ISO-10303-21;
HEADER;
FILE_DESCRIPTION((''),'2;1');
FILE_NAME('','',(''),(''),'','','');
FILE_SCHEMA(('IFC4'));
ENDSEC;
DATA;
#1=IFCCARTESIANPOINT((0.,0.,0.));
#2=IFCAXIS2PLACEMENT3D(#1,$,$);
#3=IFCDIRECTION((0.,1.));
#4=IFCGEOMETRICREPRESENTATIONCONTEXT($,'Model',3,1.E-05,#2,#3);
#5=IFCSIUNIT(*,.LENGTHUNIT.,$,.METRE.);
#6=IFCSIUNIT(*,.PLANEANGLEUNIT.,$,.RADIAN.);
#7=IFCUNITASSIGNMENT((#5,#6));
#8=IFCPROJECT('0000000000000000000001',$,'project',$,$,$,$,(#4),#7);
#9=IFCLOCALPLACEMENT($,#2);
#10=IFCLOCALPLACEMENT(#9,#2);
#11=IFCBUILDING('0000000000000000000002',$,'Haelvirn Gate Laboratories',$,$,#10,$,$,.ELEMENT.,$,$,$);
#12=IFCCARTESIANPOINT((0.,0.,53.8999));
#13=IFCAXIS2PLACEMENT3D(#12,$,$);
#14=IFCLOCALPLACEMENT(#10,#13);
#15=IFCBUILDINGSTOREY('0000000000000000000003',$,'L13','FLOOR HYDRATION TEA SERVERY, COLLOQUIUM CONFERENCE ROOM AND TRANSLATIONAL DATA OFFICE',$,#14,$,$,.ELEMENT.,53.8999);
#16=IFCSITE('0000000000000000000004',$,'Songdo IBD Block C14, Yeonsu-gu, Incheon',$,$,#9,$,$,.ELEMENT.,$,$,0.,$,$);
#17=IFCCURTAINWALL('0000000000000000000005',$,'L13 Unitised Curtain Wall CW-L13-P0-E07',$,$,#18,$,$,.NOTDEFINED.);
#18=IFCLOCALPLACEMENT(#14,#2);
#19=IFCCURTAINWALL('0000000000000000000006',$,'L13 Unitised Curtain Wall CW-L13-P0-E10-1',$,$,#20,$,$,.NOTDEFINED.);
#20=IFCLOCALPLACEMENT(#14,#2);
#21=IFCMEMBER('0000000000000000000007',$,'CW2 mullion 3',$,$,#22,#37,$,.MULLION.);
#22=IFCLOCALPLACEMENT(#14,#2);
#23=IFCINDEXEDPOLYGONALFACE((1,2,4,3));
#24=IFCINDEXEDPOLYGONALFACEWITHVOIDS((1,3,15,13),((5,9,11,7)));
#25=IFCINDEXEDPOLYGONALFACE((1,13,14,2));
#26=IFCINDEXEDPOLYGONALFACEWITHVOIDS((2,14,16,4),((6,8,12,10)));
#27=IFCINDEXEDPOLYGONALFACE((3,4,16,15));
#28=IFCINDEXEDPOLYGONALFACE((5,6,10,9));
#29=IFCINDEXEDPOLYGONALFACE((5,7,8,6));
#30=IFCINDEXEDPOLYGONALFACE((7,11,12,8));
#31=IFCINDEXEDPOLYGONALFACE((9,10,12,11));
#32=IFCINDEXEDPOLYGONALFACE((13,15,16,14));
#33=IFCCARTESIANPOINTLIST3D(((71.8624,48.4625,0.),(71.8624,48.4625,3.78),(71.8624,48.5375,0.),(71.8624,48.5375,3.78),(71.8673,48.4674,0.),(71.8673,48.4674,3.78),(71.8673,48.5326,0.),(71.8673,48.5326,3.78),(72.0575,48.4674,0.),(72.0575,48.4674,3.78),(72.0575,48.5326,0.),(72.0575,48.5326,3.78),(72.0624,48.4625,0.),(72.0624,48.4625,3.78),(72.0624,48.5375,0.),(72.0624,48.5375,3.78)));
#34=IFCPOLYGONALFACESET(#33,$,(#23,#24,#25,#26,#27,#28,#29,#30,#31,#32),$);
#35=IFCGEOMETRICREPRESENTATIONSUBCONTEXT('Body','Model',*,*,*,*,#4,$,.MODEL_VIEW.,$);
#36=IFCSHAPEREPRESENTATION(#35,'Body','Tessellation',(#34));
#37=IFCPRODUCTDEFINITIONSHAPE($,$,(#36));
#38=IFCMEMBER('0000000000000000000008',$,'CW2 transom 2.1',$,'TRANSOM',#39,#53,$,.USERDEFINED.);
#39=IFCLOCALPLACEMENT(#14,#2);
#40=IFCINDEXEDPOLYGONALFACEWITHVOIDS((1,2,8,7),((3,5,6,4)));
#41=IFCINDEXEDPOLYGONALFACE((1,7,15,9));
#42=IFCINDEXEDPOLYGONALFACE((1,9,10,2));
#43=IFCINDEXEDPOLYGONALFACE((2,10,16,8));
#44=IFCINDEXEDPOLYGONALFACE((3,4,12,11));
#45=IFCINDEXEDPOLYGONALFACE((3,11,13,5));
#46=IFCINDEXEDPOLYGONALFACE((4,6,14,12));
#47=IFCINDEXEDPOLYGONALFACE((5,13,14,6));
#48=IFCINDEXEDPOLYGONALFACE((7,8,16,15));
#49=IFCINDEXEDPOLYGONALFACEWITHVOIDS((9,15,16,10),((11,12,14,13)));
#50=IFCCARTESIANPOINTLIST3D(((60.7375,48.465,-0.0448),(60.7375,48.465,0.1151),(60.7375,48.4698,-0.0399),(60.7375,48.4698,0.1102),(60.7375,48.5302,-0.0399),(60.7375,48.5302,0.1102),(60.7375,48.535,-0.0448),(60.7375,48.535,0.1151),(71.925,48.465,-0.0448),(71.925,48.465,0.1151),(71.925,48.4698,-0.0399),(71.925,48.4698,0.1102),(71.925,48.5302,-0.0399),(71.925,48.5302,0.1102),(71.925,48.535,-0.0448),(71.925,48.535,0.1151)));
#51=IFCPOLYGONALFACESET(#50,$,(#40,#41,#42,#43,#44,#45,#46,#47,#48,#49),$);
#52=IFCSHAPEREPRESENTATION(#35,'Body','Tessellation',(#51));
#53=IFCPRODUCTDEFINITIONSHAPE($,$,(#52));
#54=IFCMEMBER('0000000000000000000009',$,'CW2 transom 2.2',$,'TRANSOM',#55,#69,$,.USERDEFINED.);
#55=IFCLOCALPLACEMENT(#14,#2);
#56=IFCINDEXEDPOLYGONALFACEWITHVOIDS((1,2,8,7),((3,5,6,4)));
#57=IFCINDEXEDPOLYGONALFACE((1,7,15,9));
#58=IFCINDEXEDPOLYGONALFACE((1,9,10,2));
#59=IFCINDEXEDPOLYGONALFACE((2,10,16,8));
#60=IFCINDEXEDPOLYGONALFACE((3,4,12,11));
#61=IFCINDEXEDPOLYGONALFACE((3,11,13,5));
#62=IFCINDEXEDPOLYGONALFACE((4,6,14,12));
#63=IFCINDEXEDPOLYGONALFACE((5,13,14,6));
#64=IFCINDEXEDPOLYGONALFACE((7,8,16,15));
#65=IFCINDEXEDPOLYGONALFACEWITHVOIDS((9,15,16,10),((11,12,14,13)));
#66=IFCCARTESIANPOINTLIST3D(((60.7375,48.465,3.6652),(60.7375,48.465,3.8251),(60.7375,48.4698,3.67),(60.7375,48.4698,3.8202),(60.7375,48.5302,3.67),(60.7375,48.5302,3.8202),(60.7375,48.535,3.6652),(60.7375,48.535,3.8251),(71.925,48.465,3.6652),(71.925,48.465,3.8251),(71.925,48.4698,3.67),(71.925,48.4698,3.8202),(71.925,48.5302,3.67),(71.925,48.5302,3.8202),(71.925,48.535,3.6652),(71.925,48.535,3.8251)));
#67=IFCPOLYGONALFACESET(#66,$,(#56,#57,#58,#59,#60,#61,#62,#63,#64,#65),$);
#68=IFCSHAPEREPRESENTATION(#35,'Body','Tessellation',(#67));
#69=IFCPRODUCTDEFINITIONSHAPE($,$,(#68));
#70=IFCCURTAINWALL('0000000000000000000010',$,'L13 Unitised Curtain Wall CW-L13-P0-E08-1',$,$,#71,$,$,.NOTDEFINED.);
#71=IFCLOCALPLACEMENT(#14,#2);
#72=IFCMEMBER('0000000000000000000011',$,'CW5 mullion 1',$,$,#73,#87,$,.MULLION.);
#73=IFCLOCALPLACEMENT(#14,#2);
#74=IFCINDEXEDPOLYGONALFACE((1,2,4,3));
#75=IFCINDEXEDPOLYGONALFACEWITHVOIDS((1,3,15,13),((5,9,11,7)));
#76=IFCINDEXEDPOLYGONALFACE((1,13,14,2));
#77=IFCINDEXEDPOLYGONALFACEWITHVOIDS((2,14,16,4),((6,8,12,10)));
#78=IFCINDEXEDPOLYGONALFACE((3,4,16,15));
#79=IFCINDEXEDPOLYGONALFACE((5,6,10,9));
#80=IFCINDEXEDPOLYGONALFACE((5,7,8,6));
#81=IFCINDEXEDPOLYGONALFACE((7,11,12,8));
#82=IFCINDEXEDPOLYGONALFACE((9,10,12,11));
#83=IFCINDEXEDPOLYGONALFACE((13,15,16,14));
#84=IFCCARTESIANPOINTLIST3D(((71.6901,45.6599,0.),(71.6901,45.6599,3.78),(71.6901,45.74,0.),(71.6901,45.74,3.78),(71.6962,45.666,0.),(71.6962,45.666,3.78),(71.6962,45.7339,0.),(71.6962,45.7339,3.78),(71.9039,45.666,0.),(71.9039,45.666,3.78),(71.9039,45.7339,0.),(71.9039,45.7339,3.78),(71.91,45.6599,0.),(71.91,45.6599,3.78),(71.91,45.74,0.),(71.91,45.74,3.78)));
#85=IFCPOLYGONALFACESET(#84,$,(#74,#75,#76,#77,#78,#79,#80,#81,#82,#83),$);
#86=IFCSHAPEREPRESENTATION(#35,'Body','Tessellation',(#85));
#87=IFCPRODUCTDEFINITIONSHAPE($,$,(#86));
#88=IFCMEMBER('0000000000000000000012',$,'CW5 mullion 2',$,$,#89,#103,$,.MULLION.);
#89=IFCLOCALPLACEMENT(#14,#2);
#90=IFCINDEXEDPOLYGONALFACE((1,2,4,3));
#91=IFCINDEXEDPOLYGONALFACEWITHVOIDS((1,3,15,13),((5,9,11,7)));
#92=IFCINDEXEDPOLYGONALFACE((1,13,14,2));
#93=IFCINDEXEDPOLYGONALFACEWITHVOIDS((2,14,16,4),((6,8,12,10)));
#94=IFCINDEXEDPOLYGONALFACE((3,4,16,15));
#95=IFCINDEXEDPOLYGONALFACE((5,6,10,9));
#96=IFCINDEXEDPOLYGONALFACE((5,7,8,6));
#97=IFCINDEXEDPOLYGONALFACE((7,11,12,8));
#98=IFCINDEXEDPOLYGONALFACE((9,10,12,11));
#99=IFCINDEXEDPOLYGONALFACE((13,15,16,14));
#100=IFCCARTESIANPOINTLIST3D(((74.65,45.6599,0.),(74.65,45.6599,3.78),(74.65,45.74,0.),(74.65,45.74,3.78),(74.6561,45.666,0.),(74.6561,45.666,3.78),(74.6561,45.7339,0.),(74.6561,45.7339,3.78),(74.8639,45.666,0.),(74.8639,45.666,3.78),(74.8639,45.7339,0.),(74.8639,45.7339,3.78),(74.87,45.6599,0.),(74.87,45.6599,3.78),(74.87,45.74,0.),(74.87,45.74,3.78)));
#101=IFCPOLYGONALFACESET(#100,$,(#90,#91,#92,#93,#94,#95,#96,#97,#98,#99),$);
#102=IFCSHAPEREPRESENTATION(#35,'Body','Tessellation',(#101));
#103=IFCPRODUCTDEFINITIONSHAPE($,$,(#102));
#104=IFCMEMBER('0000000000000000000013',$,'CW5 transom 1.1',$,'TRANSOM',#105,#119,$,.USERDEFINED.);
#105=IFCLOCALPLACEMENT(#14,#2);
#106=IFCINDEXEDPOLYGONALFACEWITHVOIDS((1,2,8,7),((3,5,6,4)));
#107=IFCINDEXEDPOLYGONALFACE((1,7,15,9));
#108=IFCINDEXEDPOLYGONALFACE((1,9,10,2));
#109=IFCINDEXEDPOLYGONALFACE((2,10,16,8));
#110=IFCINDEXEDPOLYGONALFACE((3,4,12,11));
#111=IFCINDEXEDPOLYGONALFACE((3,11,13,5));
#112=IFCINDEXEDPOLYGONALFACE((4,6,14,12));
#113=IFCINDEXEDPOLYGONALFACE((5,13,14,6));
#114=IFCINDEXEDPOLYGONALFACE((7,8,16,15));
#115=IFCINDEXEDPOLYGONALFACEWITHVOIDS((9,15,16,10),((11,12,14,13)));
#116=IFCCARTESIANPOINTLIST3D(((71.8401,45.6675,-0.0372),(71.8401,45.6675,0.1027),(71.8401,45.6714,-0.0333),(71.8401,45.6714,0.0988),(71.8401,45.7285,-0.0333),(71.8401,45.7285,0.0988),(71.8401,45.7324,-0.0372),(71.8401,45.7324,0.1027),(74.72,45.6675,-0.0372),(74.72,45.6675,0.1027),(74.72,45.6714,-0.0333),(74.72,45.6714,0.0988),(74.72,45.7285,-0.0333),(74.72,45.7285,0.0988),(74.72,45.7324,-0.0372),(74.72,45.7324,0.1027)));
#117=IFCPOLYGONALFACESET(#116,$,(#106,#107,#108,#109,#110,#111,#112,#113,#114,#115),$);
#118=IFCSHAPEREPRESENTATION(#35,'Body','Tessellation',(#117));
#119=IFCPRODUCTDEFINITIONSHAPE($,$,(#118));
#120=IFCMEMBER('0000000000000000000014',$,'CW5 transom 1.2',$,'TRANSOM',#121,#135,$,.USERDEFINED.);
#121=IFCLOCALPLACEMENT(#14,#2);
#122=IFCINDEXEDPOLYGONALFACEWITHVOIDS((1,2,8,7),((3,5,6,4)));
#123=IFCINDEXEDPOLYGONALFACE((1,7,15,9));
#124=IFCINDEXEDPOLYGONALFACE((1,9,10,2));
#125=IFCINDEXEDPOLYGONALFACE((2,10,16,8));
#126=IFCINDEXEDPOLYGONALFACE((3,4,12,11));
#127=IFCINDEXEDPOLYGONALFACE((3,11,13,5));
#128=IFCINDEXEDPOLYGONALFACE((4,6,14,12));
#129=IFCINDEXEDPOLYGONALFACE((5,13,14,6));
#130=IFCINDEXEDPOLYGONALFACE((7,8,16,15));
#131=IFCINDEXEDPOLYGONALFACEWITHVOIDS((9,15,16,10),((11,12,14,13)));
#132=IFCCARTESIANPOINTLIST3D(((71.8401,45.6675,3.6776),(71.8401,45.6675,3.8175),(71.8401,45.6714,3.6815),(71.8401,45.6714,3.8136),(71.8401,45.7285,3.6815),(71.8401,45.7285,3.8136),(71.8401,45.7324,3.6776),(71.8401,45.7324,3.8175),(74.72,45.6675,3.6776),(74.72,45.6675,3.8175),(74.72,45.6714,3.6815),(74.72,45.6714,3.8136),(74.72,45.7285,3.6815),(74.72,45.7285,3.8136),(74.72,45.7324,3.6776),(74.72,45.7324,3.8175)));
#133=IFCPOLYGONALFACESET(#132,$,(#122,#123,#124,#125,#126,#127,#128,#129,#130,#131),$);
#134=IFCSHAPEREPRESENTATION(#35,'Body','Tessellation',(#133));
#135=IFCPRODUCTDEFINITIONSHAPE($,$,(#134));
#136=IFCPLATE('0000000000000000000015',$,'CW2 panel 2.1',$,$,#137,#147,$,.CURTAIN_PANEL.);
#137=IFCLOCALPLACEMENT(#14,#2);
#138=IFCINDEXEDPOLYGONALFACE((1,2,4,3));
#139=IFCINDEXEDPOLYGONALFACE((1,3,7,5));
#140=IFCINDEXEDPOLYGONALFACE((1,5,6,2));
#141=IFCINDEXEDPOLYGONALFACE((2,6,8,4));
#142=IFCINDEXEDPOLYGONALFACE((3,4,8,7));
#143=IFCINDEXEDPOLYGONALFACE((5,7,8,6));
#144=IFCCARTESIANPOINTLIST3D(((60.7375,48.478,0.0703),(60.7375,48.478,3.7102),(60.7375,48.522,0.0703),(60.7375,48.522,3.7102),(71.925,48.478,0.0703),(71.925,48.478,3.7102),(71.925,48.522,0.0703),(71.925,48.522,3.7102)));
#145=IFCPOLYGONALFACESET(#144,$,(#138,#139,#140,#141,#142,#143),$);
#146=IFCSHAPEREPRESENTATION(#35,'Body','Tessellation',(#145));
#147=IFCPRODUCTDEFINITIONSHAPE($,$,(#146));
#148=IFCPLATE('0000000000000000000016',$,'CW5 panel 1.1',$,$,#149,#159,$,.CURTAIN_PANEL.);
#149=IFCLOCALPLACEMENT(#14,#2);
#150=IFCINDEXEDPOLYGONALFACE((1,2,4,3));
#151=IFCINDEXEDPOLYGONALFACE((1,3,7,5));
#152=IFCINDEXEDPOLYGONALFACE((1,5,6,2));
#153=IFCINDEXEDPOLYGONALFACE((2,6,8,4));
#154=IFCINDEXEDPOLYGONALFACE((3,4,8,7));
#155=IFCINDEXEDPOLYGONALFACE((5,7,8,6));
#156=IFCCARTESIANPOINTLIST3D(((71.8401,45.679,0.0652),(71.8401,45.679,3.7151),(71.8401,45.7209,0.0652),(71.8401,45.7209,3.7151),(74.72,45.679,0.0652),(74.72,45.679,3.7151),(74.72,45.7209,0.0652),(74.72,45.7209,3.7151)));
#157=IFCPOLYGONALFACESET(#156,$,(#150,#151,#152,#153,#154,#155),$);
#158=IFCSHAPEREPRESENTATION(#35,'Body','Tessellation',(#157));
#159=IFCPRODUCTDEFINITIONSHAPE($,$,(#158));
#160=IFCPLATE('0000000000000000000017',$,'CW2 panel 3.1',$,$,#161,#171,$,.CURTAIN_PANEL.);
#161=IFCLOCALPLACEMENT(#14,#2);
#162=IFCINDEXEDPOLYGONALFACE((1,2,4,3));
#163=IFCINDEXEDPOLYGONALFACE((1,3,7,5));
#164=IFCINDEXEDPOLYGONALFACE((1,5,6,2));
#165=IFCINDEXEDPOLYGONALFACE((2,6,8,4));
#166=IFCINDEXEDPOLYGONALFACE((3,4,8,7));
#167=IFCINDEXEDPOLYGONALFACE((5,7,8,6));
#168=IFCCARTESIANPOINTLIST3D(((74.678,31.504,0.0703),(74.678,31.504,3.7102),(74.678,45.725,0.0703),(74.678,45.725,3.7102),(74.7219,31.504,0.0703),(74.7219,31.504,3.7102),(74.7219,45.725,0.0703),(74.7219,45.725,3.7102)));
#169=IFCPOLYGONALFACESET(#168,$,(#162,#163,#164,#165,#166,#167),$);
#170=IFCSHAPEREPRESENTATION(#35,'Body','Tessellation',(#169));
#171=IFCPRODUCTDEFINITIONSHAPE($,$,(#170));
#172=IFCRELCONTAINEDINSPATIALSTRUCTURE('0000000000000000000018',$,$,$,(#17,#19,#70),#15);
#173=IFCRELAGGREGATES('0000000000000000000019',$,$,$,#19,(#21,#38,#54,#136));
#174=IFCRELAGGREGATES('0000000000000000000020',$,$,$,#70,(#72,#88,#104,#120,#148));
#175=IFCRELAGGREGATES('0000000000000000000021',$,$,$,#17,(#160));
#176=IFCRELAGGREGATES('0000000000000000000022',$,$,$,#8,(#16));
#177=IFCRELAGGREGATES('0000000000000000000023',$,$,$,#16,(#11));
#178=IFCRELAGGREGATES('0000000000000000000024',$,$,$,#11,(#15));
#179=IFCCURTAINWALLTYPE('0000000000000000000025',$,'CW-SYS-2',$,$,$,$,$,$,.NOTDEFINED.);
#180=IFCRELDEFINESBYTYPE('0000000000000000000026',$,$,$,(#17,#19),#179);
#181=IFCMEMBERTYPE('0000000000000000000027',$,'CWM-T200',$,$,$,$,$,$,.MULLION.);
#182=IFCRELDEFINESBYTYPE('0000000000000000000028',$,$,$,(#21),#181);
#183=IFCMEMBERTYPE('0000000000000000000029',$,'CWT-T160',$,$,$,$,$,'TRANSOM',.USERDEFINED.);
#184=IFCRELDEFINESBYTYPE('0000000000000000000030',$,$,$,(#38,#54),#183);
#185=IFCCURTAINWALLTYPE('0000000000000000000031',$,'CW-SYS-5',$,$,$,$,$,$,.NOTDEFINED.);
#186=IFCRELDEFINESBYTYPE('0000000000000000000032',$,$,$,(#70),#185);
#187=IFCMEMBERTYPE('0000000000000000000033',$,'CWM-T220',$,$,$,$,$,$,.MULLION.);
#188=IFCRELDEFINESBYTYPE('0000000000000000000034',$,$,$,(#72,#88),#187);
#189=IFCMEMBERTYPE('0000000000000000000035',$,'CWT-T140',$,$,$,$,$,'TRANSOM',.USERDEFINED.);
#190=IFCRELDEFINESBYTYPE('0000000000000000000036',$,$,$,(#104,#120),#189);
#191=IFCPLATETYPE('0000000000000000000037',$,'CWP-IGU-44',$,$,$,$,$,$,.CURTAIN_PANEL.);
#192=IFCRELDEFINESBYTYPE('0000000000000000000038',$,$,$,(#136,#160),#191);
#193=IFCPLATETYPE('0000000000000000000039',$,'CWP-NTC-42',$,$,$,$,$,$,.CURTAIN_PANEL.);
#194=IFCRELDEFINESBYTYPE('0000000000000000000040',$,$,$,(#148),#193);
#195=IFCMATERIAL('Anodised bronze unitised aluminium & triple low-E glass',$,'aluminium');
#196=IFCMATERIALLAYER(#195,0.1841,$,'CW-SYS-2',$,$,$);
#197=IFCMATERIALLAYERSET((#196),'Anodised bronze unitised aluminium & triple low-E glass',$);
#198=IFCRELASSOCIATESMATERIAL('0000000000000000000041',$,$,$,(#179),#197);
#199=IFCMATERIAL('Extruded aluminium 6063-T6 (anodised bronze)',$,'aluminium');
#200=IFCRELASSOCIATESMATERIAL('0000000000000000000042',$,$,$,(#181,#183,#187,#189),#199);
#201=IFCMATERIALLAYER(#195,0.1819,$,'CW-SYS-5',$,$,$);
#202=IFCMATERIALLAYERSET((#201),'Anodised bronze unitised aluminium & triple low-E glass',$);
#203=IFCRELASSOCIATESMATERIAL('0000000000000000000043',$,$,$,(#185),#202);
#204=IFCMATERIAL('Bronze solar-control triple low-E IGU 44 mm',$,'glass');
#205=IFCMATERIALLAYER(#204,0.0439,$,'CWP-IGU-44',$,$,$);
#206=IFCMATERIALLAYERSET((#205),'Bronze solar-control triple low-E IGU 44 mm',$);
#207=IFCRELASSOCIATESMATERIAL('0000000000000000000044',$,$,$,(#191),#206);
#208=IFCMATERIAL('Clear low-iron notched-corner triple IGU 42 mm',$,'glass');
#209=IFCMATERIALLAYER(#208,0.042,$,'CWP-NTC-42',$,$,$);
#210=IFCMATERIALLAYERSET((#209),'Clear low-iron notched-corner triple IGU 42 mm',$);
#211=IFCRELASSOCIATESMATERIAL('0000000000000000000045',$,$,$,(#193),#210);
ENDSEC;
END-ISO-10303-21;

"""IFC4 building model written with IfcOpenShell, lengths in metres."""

from ifc_helpers import new_model, si_unit, direction, frame, origin, origin_2d, place, context, subcontext, project, spatial, rectangle, hollow_rectangle, extrude, source, transform, mapped, material, layer, layer_set, material_profile, profile_set, type_object, type_shapes, element, aggregate, save


model = new_model("IFC4")

# Units and contexts
model_context = context("Model", 3, precision=1e-05, world=origin(), true_north=direction((0.0, 1.0)))
body_context = subcontext(model_context, "Body", "Model", "MODEL_VIEW")
ifc_project = project(units=[si_unit("LENGTHUNIT", "METRE"), si_unit("PLANEANGLEUNIT", "RADIAN")], contexts=[model_context])

# Site, building, storey
site_placement = place(None, origin())
site = spatial("IfcSite", under=ifc_project, at=site_placement, Name="Songdo IBD Block C14, Yeonsu-gu, Incheon", CompositionType="ELEMENT", RefElevation=0.0)
building_placement = place(site_placement, origin())
building = spatial("IfcBuilding", under=site, at=building_placement, Name="Haelvirn Gate Laboratories", CompositionType="ELEMENT")
storey_placement = place(building_placement, frame((0.0, 0.0, 53.8999)))
storey = spatial("IfcBuildingStorey", under=building, at=storey_placement, Name="L13", Description="FLOOR HYDRATION TEA SERVERY, COLLOQUIUM CONFERENCE ROOM AND TRANSLATIONAL DATA OFFICE", CompositionType="ELEMENT", Elevation=53.8999)

# Curtain wall
ifc_material_1 = material(Name="Anodised bronze unitised aluminium & triple low-E glass", Category="aluminium")
ifc_layer_1 = layer(ifc_material_1, 0.1841, Name="CW-SYS-2")
ifc_layer_set_1 = layer_set([ifc_layer_1], Name="Anodised bronze unitised aluminium & triple low-E glass")
curtain_wall_type_1 = type_object("IfcCurtainWallType", Name="CW-SYS-2", PredefinedType="NOTDEFINED", material=ifc_layer_set_1)
curtain_wall_1_placement = place(storey_placement, origin())
curtain_wall_1 = element("IfcCurtainWall", 1, at=curtain_wall_1_placement, inside=storey, type_object=curtain_wall_type_1, Name="L13 Unitised Curtain Wall CW-L13-P0-E07", PredefinedType="NOTDEFINED")
ifc_material_2 = material(Name="Extruded aluminium 6063-T6 (anodised bronze)", Category="aluminium")
ifc_material_profile_1 = material_profile(ifc_material_2, hollow_rectangle(XDim=0.075, YDim=0.2, WallThickness=0.0049, at=origin_2d()), Name="CWM-200x75x5")
ifc_profile_set_1 = profile_set([ifc_material_profile_1], Name="Extruded aluminium 6063-T6 (anodised bronze)")
member_type_1 = type_object("IfcMemberType", Name="CWM-T200", PredefinedType="MULLION", material=ifc_profile_set_1)
shared_shape_1 = source(origin(), body_context, "Body", "SweptSolid", [
    extrude(hollow_rectangle(XDim=0.075, YDim=0.2, WallThickness=0.0049, at=origin_2d()), origin(), (0.0, 0.0, 1.0), 3.78),
])
type_shapes(member_type_1, [shared_shape_1])

# Curtain walls, members
curtain_wall_2_placement = place(storey_placement, origin())
curtain_wall_2 = element("IfcCurtainWall", 2, at=curtain_wall_2_placement, inside=storey, type_object=curtain_wall_type_1, Name="L13 Unitised Curtain Wall CW-L13-P0-E10-1", PredefinedType="NOTDEFINED")
member_1_placement = place(storey_placement, frame((71.9624, 48.5, 0.0), z_axis=(0.0, 0.0, 1.0), x_axis=(0.0, 1.0, 0.0)))
member_1 = element("IfcMember", 3, at=member_1_placement, type_object=member_type_1, Name="CW2 mullion 3", PredefinedType="MULLION", context=body_context, shape_type="MappedRepresentation", body=[
    mapped(shared_shape_1, transform((0.0, 0.0, 0.0), scale=1.0)),
])
ifc_material_profile_2 = material_profile(ifc_material_2, hollow_rectangle(XDim=0.0701, YDim=0.1599, WallThickness=0.0049, at=origin_2d()), Name="CWT-160x70x5")
ifc_profile_set_2 = profile_set([ifc_material_profile_2], Name="Extruded aluminium 6063-T6 (anodised bronze)")
member_type_2 = type_object("IfcMemberType", Name="CWT-T160", ElementType="TRANSOM", PredefinedType="USERDEFINED", material=ifc_profile_set_2)
shared_shape_2 = source(origin(), body_context, "Body", "SweptSolid", [
    extrude(hollow_rectangle(XDim=0.0701, YDim=0.1599, WallThickness=0.0049, at=origin_2d()), origin(), (0.0, 0.0, 1.0), 11.1875),
])
type_shapes(member_type_2, [shared_shape_2])
member_2_placement = place(storey_placement, frame((60.7375, 48.5, 0.0352), z_axis=(1.0, 0.0, 0.0), x_axis=(0.0, 1.0, 0.0)))
member_2 = element("IfcMember", 4, at=member_2_placement, type_object=member_type_2, Name="CW2 transom 2.1", ObjectType="TRANSOM", PredefinedType="USERDEFINED", context=body_context, shape_type="MappedRepresentation", body=[
    mapped(shared_shape_2, transform((0.0, 0.0, 0.0), scale=1.0)),
])
member_3_placement = place(storey_placement, frame((60.7375, 48.5, 3.7451), z_axis=(1.0, 0.0, 0.0), x_axis=(0.0, 1.0, 0.0)))
member_3 = element("IfcMember", 5, at=member_3_placement, type_object=member_type_2, Name="CW2 transom 2.2", ObjectType="TRANSOM", PredefinedType="USERDEFINED", context=body_context, shape_type="MappedRepresentation", body=[
    mapped(shared_shape_2, transform((0.0, 0.0, 0.0), scale=1.0)),
])
ifc_layer_2 = layer(ifc_material_1, 0.1819, Name="CW-SYS-5")
ifc_layer_set_2 = layer_set([ifc_layer_2], Name="Anodised bronze unitised aluminium & triple low-E glass")
curtain_wall_type_2 = type_object("IfcCurtainWallType", Name="CW-SYS-5", PredefinedType="NOTDEFINED", material=ifc_layer_set_2)
curtain_wall_3_placement = place(storey_placement, origin())
curtain_wall_3 = element("IfcCurtainWall", 6, at=curtain_wall_3_placement, inside=storey, type_object=curtain_wall_type_2, Name="L13 Unitised Curtain Wall CW-L13-P0-E08-1", PredefinedType="NOTDEFINED")
ifc_material_profile_3 = material_profile(ifc_material_2, hollow_rectangle(XDim=0.0801, YDim=0.22, WallThickness=0.0061, at=origin_2d()), Name="CWM-220x80x6")
ifc_profile_set_3 = profile_set([ifc_material_profile_3], Name="Extruded aluminium 6063-T6 (anodised bronze)")
member_type_3 = type_object("IfcMemberType", Name="CWM-T220", PredefinedType="MULLION", material=ifc_profile_set_3)
shared_shape_3 = source(origin(), body_context, "Body", "SweptSolid", [
    extrude(hollow_rectangle(XDim=0.0801, YDim=0.22, WallThickness=0.0061, at=origin_2d()), origin(), (0.0, 0.0, 1.0), 3.78),
])
type_shapes(member_type_3, [shared_shape_3])
member_4_placement = place(storey_placement, frame((71.8, 45.7, 0.0), z_axis=(0.0, 0.0, 1.0), x_axis=(0.0, 1.0, 0.0)))
member_4 = element("IfcMember", 7, at=member_4_placement, type_object=member_type_3, Name="CW5 mullion 1", PredefinedType="MULLION", context=body_context, shape_type="MappedRepresentation", body=[
    mapped(shared_shape_3, transform((0.0, 0.0, 0.0), scale=1.0)),
])
member_5_placement = place(storey_placement, frame((74.76, 45.7, 0.0), z_axis=(0.0, 0.0, 1.0), x_axis=(0.0, 1.0, 0.0)))
member_5 = element("IfcMember", 8, at=member_5_placement, type_object=member_type_3, Name="CW5 mullion 2", PredefinedType="MULLION", context=body_context, shape_type="MappedRepresentation", body=[
    mapped(shared_shape_3, transform((0.0, 0.0, 0.0), scale=1.0)),
])
ifc_material_profile_4 = material_profile(ifc_material_2, hollow_rectangle(XDim=0.0649, YDim=0.1399, WallThickness=0.0039, at=origin_2d()), Name="CWT-140x65x4")
ifc_profile_set_4 = profile_set([ifc_material_profile_4], Name="Extruded aluminium 6063-T6 (anodised bronze)")
member_type_4 = type_object("IfcMemberType", Name="CWT-T140", ElementType="TRANSOM", PredefinedType="USERDEFINED", material=ifc_profile_set_4)
shared_shape_4 = source(origin(), body_context, "Body", "SweptSolid", [
    extrude(hollow_rectangle(XDim=0.0649, YDim=0.1399, WallThickness=0.0039, at=origin_2d()), origin(), (0.0, 0.0, 1.0), 2.8799),
])
type_shapes(member_type_4, [shared_shape_4])
member_6_placement = place(storey_placement, frame((71.8401, 45.7, 0.0327), z_axis=(1.0, 0.0, 0.0), x_axis=(0.0, 1.0, 0.0)))
member_6 = element("IfcMember", 9, at=member_6_placement, type_object=member_type_4, Name="CW5 transom 1.1", ObjectType="TRANSOM", PredefinedType="USERDEFINED", context=body_context, shape_type="MappedRepresentation", body=[
    mapped(shared_shape_4, transform((0.0, 0.0, 0.0), scale=1.0)),
])
member_7_placement = place(storey_placement, frame((71.8401, 45.7, 3.7476), z_axis=(1.0, 0.0, 0.0), x_axis=(0.0, 1.0, 0.0)))
member_7 = element("IfcMember", 10, at=member_7_placement, type_object=member_type_4, Name="CW5 transom 1.2", ObjectType="TRANSOM", PredefinedType="USERDEFINED", context=body_context, shape_type="MappedRepresentation", body=[
    mapped(shared_shape_4, transform((0.0, 0.0, 0.0), scale=1.0)),
])

# Plates
ifc_material_3 = material(Name="Bronze solar-control triple low-E IGU 44 mm", Category="glass")
ifc_layer_3 = layer(ifc_material_3, 0.0439, Name="CWP-IGU-44")
ifc_layer_set_3 = layer_set([ifc_layer_3], Name="Bronze solar-control triple low-E IGU 44 mm")
plate_type_1 = type_object("IfcPlateType", Name="CWP-IGU-44", PredefinedType="CURTAIN_PANEL", material=ifc_layer_set_3)
shared_shape_5 = source(origin(), body_context, "Body", "SweptSolid", [
    extrude(rectangle(XDim=11.1875, YDim=0.0439, at=origin_2d()), origin(), (0.0, 0.0, 1.0), 3.6399),
])
plate_1_placement = place(storey_placement, frame((66.3313, 48.5, 0.0703), z_axis=(0.0, 0.0, 1.0), x_axis=(1.0, 0.0, 0.0)))
plate_1 = element("IfcPlate", 11, at=plate_1_placement, type_object=plate_type_1, Name="CW2 panel 2.1", PredefinedType="CURTAIN_PANEL", context=body_context, shape_type="MappedRepresentation", body=[
    mapped(shared_shape_5, transform((0.0, 0.0, 0.0), scale=1.0)),
])
aggregate(curtain_wall_2, [member_1, member_2, member_3, plate_1])
ifc_material_4 = material(Name="Clear low-iron notched-corner triple IGU 42 mm", Category="glass")
ifc_layer_4 = layer(ifc_material_4, 0.042, Name="CWP-NTC-42")
ifc_layer_set_4 = layer_set([ifc_layer_4], Name="Clear low-iron notched-corner triple IGU 42 mm")
plate_type_2 = type_object("IfcPlateType", Name="CWP-NTC-42", PredefinedType="CURTAIN_PANEL", material=ifc_layer_set_4)
shared_shape_6 = source(origin(), body_context, "Body", "SweptSolid", [
    extrude(rectangle(XDim=2.8799, YDim=0.042, at=origin_2d()), origin(), (0.0, 0.0, 1.0), 3.6499),
])
type_shapes(plate_type_2, [shared_shape_6])
plate_2_placement = place(storey_placement, frame((73.28, 45.7, 0.0652), z_axis=(0.0, 0.0, 1.0), x_axis=(1.0, 0.0, 0.0)))
plate_2 = element("IfcPlate", 12, at=plate_2_placement, type_object=plate_type_2, Name="CW5 panel 1.1", PredefinedType="CURTAIN_PANEL", context=body_context, shape_type="MappedRepresentation", body=[
    mapped(shared_shape_6, transform((0.0, 0.0, 0.0), scale=1.0)),
])
aggregate(curtain_wall_3, [member_4, member_5, member_6, member_7, plate_2])
shared_shape_7 = source(origin(), body_context, "Body", "SweptSolid", [
    extrude(rectangle(XDim=14.2209, YDim=0.0439, at=origin_2d()), origin(), (0.0, 0.0, 1.0), 3.6399),
])
type_shapes(plate_type_1, [shared_shape_5, shared_shape_7])
plate_3_placement = place(storey_placement, frame((74.7, 38.6145, 0.0703), z_axis=(0.0, 0.0, 1.0), x_axis=(0.0, 1.0, 0.0)))
plate_3 = element("IfcPlate", 13, at=plate_3_placement, type_object=plate_type_1, Name="CW2 panel 3.1", PredefinedType="CURTAIN_PANEL", context=body_context, shape_type="MappedRepresentation", body=[
    mapped(shared_shape_7, transform((0.0, 0.0, 0.0), scale=1.0)),
])
aggregate(curtain_wall_1, [plate_3])

save(model, "model.ifc")
